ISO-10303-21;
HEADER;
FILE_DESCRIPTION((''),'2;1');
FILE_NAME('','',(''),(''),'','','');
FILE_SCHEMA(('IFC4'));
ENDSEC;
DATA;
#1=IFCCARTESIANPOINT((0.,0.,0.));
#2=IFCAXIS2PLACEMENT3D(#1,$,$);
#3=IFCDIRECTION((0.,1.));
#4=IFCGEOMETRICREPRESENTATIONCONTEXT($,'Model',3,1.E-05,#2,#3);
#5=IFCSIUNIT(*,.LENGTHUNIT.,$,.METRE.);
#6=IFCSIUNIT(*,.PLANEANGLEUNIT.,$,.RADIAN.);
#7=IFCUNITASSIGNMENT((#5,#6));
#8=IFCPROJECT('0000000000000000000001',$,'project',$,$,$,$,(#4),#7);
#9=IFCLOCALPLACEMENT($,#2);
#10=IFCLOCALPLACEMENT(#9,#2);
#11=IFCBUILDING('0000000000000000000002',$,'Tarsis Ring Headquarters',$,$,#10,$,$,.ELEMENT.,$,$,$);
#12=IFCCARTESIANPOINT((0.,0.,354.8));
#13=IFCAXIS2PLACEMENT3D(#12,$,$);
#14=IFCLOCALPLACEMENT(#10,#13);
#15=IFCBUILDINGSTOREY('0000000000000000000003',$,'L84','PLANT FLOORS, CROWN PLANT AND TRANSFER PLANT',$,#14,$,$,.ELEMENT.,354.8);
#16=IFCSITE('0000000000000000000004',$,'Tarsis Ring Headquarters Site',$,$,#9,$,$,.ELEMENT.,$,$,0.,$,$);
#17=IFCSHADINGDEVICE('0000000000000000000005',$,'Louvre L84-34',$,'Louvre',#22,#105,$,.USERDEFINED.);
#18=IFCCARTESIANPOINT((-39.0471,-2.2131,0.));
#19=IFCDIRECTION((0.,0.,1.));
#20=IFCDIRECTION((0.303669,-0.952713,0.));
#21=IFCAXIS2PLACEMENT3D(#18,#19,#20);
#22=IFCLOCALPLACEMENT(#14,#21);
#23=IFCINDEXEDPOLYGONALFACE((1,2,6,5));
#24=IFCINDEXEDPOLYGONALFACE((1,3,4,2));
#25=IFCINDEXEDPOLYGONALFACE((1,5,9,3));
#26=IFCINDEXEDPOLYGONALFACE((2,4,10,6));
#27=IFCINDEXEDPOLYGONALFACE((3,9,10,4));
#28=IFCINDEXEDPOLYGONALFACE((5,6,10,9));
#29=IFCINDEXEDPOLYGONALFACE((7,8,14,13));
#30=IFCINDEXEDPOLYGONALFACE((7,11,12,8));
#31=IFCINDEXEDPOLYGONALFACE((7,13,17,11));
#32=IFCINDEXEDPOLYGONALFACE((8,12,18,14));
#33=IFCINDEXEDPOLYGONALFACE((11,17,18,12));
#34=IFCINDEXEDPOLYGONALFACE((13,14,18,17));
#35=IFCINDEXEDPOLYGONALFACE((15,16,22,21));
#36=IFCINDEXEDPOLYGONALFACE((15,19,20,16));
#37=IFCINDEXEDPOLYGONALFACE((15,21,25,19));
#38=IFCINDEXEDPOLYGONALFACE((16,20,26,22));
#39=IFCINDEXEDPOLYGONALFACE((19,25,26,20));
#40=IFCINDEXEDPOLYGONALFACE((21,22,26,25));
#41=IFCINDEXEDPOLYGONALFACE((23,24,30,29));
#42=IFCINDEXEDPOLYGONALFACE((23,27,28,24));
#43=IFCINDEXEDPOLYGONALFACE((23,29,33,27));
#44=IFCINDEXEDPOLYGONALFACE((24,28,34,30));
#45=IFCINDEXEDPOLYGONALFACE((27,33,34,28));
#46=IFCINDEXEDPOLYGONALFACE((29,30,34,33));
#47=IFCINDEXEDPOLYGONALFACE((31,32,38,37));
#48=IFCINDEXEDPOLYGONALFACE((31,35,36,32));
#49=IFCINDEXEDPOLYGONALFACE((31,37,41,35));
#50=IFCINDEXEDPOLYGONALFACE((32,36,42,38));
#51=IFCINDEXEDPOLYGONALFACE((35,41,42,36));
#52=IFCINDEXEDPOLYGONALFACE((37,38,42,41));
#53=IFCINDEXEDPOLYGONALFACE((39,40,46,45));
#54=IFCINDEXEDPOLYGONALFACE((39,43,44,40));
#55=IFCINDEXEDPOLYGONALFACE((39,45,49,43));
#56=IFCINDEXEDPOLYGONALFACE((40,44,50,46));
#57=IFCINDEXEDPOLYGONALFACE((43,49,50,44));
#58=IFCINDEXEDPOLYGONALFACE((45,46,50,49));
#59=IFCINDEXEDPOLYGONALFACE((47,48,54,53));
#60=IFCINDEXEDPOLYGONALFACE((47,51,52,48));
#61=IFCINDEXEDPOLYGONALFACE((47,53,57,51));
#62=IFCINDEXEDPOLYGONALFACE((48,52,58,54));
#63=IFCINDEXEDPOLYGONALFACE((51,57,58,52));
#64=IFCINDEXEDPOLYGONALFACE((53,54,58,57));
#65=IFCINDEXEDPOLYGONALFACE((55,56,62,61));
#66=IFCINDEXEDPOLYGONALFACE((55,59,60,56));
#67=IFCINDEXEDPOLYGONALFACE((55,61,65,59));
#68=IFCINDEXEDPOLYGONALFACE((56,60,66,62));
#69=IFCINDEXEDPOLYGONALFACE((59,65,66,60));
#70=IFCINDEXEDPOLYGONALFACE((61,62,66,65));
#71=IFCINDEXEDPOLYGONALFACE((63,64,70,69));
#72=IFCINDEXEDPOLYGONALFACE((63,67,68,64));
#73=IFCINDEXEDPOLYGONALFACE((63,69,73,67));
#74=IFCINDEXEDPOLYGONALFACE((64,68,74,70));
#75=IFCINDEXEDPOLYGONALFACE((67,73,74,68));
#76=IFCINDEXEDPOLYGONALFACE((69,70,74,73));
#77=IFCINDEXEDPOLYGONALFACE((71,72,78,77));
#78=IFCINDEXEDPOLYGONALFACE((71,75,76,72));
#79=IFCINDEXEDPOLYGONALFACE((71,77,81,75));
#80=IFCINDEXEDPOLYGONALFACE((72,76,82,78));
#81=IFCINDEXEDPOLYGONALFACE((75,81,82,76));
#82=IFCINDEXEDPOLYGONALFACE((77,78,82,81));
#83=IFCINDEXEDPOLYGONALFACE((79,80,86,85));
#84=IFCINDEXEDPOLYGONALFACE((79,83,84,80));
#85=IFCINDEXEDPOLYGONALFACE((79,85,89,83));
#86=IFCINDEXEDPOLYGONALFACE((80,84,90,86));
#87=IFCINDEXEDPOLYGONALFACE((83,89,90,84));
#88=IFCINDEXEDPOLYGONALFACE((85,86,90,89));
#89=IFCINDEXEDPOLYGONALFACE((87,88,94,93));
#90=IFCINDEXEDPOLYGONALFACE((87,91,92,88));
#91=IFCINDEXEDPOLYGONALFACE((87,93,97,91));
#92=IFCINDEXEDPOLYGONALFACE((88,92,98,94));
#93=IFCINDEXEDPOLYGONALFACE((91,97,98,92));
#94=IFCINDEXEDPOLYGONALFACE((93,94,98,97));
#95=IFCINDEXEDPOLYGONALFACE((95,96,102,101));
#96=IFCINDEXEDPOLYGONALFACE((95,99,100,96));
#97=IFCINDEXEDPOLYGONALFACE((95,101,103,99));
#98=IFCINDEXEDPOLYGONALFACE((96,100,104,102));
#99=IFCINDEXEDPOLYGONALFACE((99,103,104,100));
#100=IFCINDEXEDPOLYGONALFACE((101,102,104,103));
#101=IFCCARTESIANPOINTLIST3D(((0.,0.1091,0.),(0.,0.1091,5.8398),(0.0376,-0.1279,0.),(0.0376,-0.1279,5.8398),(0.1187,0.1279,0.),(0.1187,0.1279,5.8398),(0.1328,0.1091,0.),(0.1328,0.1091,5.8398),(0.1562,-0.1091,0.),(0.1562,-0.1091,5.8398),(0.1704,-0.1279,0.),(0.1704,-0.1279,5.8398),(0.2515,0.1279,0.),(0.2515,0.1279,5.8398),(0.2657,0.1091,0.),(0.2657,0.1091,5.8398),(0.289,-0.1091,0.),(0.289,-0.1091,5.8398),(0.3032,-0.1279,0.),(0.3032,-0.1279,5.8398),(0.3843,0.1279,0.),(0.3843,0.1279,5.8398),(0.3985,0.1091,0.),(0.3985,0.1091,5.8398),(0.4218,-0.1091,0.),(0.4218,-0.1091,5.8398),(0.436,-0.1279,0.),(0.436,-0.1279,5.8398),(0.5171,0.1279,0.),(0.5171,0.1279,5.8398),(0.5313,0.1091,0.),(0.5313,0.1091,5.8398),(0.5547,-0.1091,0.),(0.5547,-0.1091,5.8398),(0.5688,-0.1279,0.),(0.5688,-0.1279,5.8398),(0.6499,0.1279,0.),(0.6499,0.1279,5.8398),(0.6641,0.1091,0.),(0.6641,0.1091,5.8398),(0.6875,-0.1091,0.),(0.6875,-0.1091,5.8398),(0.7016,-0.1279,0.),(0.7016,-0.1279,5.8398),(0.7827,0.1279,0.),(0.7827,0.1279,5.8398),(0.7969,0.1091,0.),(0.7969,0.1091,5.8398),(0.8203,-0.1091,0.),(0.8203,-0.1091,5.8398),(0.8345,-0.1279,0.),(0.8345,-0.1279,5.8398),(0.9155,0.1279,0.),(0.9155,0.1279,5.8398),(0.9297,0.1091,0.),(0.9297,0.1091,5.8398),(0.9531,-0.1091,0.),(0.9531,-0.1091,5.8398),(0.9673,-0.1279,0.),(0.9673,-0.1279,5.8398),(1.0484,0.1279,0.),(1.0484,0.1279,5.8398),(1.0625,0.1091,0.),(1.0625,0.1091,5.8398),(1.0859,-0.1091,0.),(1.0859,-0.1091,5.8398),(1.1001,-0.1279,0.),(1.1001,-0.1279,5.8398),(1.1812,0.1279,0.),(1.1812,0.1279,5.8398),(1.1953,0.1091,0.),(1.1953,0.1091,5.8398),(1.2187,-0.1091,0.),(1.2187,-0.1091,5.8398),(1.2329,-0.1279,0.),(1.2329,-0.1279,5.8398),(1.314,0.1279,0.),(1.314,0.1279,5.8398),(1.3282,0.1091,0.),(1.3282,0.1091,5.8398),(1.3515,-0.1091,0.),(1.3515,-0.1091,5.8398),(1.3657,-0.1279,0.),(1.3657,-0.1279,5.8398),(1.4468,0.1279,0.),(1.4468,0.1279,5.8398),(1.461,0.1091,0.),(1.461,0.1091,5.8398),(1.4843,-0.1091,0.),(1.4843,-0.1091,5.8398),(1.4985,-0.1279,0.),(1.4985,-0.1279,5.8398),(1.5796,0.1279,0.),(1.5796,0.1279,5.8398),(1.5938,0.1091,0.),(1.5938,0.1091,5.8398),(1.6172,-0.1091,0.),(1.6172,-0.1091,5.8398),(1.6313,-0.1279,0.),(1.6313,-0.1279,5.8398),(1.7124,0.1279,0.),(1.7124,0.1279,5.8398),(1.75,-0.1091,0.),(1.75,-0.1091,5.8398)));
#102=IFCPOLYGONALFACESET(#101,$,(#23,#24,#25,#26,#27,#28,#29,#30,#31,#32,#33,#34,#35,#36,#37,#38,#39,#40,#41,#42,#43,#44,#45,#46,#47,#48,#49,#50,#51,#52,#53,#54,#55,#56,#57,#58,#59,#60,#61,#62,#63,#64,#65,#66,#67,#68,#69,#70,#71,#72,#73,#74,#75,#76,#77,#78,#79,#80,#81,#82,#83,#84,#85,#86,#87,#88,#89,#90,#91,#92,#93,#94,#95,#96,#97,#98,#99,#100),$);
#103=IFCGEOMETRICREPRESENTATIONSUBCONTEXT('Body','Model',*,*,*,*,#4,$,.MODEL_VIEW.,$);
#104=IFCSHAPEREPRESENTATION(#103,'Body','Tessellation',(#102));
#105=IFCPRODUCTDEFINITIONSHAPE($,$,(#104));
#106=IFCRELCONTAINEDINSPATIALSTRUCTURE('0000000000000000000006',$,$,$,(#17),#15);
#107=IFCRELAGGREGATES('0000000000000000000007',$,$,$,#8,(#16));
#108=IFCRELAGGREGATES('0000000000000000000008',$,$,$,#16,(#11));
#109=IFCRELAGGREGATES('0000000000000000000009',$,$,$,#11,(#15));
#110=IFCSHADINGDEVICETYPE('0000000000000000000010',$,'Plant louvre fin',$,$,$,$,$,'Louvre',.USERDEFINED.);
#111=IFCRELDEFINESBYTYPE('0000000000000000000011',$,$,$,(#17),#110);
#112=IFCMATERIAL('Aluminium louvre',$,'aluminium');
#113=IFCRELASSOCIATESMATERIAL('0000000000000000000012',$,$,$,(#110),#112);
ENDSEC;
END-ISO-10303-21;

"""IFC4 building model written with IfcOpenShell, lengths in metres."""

from ifc_helpers import new_model, si_unit, direction, frame, frame_2d, origin, place, context, subcontext, project, spatial, rectangle, composite_profile, extrude, material, type_object, element, save


model = new_model("IFC4")

# Units and contexts
model_context = context("Model", 3, precision=1e-05, world=origin(), true_north=direction((0.0, 1.0)))
body_context = subcontext(model_context, "Body", "Model", "MODEL_VIEW")
ifc_project = project(units=[si_unit("LENGTHUNIT", "METRE"), si_unit("PLANEANGLEUNIT", "RADIAN")], contexts=[model_context])

# Site, building, storey
site_placement = place(None, origin())
site = spatial("IfcSite", under=ifc_project, at=site_placement, Name="Tarsis Ring Headquarters Site", CompositionType="ELEMENT", RefElevation=0.0)
building_placement = place(site_placement, origin())
building = spatial("IfcBuilding", under=site, at=building_placement, Name="Tarsis Ring Headquarters", CompositionType="ELEMENT")
storey_placement = place(building_placement, frame((0.0, 0.0, 354.8)))
storey = spatial("IfcBuildingStorey", under=building, at=storey_placement, Name="L84", Description="PLANT FLOORS, CROWN PLANT AND TRANSFER PLANT", CompositionType="ELEMENT", Elevation=354.8)

# Shading device
ifc_material_1 = material(Name="Aluminium louvre", Category="aluminium")
shading_device_type_1 = type_object("IfcShadingDeviceType", Name="Plant louvre fin", ElementType="Louvre", PredefinedType="USERDEFINED", material=ifc_material_1)
for number, where, z_axis, x_axis, name in (
    (1, (-39.0471, -2.2131, 0.0), (0.0, 0.0, 1.0), (0.303669, -0.952713, 0.0), "Louvre L84-34"),
):
    element("IfcShadingDevice", number, at=place(storey_placement, frame(where, z_axis=z_axis, x_axis=x_axis)), inside=storey, type_object=shading_device_type_1, Name=name, ObjectType="Louvre", PredefinedType="USERDEFINED", context=body_context, shape_type="SweptSolid", body=[
        extrude(composite_profile([rectangle(XDim=0.1201, YDim=0.24, at=frame_2d((0.0781, 0.0), x_axis=(0.987688, 0.156434))), rectangle(XDim=0.1201, YDim=0.24, at=frame_2d((0.2109, 0.0), x_axis=(0.987688, 0.156434))), rectangle(XDim=0.1201, YDim=0.24, at=frame_2d((0.3438, 0.0), x_axis=(0.987688, 0.156434))), rectangle(XDim=0.1201, YDim=0.24, at=frame_2d((0.4766, 0.0), x_axis=(0.987688, 0.156434))), rectangle(XDim=0.1201, YDim=0.24, at=frame_2d((0.6094, 0.0), x_axis=(0.987688, 0.156434))), rectangle(XDim=0.1201, YDim=0.24, at=frame_2d((0.7422, 0.0), x_axis=(0.987688, 0.156434))), rectangle(XDim=0.1201, YDim=0.24, at=frame_2d((0.875, 0.0), x_axis=(0.987688, 0.156434))), rectangle(XDim=0.1201, YDim=0.24, at=frame_2d((1.0078, 0.0), x_axis=(0.987688, 0.156434))), rectangle(XDim=0.1201, YDim=0.24, at=frame_2d((1.1406, 0.0), x_axis=(0.987688, 0.156434))), rectangle(XDim=0.1201, YDim=0.24, at=frame_2d((1.2734, 0.0), x_axis=(0.987688, 0.156434))), rectangle(XDim=0.1201, YDim=0.24, at=frame_2d((1.4062, 0.0), x_axis=(0.987688, 0.156434))), rectangle(XDim=0.1201, YDim=0.24, at=frame_2d((1.5391, 0.0), x_axis=(0.987688, 0.156434))), rectangle(XDim=0.1201, YDim=0.24, at=frame_2d((1.6719, 0.0), x_axis=(0.987688, 0.156434)))]), origin(), (0.0, 0.0, 1.0), 5.8398),
    ])

save(model, "model.ifc")
